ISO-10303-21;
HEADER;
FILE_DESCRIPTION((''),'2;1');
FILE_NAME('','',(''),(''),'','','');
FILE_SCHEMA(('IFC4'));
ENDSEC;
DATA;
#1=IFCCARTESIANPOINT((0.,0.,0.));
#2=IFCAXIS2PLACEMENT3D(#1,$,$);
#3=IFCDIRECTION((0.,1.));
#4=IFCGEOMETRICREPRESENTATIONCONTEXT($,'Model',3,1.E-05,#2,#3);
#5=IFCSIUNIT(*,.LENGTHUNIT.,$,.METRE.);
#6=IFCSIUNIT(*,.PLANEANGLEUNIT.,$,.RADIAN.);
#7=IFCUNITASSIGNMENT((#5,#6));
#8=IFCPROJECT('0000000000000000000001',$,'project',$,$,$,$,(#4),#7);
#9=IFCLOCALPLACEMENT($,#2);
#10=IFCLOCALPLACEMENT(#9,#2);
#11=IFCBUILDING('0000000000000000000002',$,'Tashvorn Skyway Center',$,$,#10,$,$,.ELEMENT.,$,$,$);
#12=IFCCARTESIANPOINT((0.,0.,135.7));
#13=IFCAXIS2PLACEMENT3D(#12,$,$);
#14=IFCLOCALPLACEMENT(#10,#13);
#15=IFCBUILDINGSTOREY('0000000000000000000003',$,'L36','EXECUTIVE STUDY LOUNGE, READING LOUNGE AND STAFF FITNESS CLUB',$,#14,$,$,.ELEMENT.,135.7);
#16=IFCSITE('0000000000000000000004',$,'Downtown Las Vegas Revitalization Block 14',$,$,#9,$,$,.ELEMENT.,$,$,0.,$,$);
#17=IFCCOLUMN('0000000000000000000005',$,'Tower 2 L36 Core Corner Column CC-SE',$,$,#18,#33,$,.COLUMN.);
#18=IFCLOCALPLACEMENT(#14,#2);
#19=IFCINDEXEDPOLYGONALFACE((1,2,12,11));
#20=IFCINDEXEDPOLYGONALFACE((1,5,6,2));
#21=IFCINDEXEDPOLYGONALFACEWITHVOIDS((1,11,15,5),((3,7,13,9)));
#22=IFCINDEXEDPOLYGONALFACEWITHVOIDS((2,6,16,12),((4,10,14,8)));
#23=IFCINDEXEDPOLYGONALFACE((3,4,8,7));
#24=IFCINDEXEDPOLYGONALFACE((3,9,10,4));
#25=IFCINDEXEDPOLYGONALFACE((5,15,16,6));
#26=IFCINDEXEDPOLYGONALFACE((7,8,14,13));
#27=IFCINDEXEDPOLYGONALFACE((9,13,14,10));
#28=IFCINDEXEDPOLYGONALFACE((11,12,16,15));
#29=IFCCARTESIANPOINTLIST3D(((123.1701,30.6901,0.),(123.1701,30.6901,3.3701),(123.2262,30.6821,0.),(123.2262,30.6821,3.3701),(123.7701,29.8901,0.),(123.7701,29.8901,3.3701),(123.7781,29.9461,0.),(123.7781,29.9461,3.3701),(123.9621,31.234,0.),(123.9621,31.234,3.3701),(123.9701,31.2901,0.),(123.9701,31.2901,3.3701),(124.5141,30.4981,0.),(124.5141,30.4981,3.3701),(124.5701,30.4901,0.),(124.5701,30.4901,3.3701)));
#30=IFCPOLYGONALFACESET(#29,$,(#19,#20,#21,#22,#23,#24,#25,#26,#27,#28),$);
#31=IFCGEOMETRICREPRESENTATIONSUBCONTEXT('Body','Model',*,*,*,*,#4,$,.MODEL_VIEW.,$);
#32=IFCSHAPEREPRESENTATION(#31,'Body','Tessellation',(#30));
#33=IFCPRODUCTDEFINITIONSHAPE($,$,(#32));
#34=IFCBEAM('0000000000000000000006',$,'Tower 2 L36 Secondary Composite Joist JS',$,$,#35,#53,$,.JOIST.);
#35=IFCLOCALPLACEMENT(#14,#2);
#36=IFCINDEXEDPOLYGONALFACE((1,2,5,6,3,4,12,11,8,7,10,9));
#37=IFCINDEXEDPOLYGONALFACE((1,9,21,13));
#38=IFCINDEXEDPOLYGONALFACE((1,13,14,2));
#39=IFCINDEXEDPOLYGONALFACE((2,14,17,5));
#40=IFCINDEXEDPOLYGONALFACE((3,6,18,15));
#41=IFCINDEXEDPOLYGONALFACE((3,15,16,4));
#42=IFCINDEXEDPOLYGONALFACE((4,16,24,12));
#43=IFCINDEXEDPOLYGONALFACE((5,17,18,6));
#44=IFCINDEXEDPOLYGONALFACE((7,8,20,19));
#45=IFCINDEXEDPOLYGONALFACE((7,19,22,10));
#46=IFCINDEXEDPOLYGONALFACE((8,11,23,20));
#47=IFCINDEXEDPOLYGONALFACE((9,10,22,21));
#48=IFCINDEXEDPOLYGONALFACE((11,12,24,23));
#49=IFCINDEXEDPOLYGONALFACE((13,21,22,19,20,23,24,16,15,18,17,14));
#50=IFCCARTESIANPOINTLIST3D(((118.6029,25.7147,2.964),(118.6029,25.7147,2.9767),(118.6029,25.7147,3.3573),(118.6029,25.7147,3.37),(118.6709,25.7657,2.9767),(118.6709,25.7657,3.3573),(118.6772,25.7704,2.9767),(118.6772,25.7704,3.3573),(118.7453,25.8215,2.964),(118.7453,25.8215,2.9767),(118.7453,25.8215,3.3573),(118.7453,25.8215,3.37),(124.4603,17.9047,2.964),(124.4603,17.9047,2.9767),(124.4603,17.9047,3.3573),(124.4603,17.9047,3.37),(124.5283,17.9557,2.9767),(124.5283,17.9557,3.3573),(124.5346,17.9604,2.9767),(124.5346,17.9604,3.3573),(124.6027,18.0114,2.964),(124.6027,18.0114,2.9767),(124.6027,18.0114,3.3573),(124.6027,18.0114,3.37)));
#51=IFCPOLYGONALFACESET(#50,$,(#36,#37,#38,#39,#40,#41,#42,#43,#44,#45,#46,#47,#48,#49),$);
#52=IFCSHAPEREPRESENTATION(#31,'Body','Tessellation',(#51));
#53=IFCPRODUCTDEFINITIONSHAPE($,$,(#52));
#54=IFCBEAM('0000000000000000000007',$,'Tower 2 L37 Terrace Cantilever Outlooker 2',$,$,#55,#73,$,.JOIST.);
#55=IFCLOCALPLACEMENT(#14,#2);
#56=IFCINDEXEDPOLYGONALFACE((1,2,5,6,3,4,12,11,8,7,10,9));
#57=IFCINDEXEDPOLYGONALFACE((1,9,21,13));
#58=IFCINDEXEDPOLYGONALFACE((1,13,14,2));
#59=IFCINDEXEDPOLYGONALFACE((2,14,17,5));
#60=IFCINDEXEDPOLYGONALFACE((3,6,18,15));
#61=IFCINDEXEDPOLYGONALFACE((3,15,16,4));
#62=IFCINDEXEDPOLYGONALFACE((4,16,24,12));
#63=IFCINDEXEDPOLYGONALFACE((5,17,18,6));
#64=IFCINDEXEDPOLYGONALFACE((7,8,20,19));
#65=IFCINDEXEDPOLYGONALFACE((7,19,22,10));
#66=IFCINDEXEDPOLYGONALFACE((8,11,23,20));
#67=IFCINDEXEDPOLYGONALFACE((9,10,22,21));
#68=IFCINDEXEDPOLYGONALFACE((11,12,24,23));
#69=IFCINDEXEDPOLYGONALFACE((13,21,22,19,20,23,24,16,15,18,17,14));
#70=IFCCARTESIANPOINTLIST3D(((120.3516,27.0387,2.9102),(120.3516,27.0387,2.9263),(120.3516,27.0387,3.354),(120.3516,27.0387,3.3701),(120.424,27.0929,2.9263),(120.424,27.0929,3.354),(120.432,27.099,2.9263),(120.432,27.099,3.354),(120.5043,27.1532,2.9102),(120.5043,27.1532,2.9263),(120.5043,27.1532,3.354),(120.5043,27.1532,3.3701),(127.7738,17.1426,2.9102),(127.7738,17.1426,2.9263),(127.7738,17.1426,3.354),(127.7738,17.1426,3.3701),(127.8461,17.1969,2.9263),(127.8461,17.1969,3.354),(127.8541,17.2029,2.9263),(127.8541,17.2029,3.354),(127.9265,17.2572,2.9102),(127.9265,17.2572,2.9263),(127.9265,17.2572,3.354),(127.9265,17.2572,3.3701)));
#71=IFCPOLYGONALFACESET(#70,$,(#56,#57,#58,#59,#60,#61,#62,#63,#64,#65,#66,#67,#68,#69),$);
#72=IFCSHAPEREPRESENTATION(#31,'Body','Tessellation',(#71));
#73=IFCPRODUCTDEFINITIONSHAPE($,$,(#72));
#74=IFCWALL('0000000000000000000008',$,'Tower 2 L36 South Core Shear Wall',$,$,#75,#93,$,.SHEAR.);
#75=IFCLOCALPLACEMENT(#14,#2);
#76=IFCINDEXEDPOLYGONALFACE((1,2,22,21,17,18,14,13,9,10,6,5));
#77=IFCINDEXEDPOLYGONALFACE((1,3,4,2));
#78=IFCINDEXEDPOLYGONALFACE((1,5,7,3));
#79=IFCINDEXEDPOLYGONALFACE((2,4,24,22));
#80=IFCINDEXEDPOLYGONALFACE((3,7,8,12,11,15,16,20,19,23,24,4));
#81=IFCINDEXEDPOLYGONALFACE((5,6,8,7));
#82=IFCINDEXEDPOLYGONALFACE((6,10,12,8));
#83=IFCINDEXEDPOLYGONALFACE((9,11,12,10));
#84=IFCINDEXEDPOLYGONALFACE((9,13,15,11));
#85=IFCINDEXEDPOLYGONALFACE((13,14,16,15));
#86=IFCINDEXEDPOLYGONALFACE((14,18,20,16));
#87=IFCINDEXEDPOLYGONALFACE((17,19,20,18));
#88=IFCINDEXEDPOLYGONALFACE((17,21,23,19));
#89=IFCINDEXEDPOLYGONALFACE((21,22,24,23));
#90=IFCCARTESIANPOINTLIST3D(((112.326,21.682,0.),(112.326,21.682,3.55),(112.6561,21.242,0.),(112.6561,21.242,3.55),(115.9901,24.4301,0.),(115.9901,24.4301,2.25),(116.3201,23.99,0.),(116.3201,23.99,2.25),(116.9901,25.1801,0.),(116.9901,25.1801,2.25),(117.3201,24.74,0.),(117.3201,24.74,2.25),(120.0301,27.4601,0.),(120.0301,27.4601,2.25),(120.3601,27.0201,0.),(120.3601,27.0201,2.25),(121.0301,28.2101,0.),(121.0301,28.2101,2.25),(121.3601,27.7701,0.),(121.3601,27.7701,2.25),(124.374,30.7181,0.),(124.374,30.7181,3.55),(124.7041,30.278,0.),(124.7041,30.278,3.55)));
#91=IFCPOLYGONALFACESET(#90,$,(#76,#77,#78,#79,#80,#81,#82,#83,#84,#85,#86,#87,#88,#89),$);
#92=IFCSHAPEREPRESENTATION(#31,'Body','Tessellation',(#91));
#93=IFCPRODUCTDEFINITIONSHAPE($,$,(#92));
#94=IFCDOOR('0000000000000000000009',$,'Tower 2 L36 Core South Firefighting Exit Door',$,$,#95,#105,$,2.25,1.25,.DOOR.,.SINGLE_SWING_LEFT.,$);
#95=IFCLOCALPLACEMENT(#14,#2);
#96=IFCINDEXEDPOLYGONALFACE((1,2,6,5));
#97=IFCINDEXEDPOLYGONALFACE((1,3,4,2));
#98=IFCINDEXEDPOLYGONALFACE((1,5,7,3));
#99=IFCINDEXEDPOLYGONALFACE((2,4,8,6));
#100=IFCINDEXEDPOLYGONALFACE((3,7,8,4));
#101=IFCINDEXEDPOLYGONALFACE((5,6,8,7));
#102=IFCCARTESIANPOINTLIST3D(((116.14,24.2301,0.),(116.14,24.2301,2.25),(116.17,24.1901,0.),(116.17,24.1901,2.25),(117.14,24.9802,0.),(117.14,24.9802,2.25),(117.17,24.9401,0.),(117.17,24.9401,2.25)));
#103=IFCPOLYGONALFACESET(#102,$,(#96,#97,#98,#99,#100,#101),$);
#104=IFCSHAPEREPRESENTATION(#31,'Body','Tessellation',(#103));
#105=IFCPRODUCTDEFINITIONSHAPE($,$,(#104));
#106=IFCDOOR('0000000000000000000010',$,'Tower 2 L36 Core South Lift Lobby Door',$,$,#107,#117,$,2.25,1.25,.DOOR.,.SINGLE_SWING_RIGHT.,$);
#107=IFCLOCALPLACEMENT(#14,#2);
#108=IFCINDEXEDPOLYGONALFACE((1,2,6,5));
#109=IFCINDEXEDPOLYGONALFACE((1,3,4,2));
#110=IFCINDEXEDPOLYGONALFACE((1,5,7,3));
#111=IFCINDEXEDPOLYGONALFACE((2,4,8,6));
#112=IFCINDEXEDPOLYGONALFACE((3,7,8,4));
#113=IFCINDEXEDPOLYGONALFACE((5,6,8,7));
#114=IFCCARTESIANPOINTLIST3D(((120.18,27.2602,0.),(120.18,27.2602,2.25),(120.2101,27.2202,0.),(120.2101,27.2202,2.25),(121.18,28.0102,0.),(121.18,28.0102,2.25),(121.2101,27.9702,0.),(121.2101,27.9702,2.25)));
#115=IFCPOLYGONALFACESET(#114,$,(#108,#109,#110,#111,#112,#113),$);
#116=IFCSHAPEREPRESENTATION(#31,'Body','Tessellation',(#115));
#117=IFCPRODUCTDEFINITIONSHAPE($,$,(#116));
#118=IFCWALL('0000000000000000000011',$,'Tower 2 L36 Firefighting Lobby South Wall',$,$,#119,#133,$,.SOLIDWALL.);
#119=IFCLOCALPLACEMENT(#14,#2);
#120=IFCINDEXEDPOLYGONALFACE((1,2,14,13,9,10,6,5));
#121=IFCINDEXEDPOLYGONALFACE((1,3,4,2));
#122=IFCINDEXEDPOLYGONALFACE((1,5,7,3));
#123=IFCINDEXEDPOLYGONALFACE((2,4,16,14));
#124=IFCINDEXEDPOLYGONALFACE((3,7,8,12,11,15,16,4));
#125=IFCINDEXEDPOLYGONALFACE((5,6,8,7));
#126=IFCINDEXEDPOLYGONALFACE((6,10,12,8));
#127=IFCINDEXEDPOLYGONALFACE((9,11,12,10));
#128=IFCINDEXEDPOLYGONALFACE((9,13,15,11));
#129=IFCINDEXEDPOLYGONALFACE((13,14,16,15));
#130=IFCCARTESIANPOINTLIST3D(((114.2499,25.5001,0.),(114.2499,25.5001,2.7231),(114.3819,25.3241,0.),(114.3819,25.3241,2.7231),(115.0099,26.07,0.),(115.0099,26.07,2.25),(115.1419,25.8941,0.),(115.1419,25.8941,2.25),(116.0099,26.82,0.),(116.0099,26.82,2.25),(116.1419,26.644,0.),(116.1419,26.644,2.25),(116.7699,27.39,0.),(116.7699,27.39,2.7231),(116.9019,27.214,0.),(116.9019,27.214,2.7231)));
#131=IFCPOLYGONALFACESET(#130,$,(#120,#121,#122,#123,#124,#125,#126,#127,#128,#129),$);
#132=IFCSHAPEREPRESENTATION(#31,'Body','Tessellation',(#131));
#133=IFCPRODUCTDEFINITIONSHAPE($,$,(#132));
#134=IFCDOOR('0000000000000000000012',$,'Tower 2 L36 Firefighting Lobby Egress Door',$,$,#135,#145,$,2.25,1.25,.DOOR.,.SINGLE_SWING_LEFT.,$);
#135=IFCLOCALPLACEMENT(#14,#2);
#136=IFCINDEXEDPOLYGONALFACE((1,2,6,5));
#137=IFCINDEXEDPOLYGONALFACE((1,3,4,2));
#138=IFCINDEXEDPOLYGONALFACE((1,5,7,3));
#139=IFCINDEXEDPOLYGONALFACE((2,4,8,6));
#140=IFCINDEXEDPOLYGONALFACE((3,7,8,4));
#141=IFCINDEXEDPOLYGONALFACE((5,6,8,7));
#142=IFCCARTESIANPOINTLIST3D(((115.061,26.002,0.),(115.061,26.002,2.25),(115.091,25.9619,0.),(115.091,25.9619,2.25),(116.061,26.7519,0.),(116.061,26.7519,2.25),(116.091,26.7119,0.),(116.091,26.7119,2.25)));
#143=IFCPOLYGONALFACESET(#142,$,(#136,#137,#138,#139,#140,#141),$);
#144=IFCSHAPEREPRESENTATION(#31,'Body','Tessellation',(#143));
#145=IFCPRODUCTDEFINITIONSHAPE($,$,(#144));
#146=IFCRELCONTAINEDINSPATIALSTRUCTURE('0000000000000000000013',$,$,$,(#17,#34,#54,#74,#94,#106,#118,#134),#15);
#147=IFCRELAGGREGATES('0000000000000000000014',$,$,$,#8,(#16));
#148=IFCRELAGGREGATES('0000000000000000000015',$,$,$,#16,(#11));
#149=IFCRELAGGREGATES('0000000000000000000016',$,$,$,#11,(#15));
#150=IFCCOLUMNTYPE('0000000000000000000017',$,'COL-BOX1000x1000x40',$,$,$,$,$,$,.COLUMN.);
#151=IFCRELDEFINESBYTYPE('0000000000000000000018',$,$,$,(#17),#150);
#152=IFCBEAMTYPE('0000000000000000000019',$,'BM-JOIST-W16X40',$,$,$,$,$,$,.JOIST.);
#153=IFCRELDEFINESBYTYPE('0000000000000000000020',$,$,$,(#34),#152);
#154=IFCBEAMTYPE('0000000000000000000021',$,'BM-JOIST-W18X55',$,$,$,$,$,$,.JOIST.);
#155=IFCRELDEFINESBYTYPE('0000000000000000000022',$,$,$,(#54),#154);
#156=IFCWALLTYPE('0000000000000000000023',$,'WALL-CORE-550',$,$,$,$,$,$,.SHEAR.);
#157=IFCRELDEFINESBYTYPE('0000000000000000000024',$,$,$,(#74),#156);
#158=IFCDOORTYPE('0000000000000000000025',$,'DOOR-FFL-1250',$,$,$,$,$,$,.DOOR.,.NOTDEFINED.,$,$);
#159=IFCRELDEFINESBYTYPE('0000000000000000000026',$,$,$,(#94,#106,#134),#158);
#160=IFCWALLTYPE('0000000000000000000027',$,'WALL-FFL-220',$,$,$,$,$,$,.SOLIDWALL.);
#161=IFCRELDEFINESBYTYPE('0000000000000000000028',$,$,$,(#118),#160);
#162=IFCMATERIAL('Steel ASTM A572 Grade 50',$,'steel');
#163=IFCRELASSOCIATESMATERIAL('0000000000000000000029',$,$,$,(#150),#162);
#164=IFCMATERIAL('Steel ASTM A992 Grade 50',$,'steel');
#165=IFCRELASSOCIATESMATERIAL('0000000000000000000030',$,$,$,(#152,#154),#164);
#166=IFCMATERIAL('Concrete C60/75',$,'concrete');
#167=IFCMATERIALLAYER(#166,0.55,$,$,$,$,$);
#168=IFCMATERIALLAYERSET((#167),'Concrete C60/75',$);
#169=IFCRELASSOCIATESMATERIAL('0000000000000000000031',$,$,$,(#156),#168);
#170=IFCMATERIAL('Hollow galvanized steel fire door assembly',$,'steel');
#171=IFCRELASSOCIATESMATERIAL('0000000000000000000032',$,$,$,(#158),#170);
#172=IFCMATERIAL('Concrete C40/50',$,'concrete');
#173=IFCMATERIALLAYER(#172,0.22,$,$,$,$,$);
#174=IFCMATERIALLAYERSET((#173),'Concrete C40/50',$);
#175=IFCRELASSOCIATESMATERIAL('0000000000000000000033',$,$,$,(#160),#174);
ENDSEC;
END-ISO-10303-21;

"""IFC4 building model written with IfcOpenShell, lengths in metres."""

from ifc_helpers import new_model, si_unit, direction, frame, frame_2d, origin, origin_2d, place, context, subcontext, project, spatial, rectangle, hollow_rectangle, i_section, extrude, material, layer, layer_set, material_profile, profile_set, type_object, element, fill, save


model = new_model("IFC4")

# Units and contexts
model_context = context("Model", 3, precision=1e-05, world=origin(), true_north=direction((0.0, 1.0)))
body_context = subcontext(model_context, "Body", "Model", "MODEL_VIEW")
ifc_project = project(units=[si_unit("LENGTHUNIT", "METRE"), si_unit("PLANEANGLEUNIT", "RADIAN")], contexts=[model_context])

# Site, building, storey
site_placement = place(None, origin())
site = spatial("IfcSite", under=ifc_project, at=site_placement, Name="Downtown Las Vegas Revitalization Block 14", CompositionType="ELEMENT", RefElevation=0.0)
building_placement = place(site_placement, origin())
building = spatial("IfcBuilding", under=site, at=building_placement, Name="Tashvorn Skyway Center", CompositionType="ELEMENT")
storey_placement = place(building_placement, frame((0.0, 0.0, 135.7)))
storey = spatial("IfcBuildingStorey", under=building, at=storey_placement, Name="L36", Description="EXECUTIVE STUDY LOUNGE, READING LOUNGE AND STAFF FITNESS CLUB", CompositionType="ELEMENT", Elevation=135.7)

# Column
ifc_material_1 = material(Name="Steel ASTM A572 Grade 50", Category="steel")
ifc_material_profile_1 = material_profile(ifc_material_1, hollow_rectangle(XDim=1.0, YDim=1.0, WallThickness=0.04, at=origin_2d()), Name="BOX1000x1000x40")
ifc_profile_set_1 = profile_set([ifc_material_profile_1], Name="Steel ASTM A572 Grade 50")
column_type = type_object("IfcColumnType", Name="COL-BOX1000x1000x40", PredefinedType="COLUMN", material=ifc_profile_set_1)
column_placement = place(storey_placement, frame((123.8701, 30.5901, 0.0), z_axis=(0.0, 0.0, 1.0), x_axis=(0.8, 0.6, 0.0)))
element("IfcColumn", 1, at=column_placement, inside=storey, type_object=column_type, Name="Tower 2 L36 Core Corner Column CC-SE", PredefinedType="COLUMN", context=body_context, shape_type="SweptSolid", body=[
    extrude(hollow_rectangle(XDim=1.0, YDim=1.0, WallThickness=0.04, at=origin_2d()), origin(), (0.0, 0.0, 1.0), 3.3701),
])

# Beams
ifc_material_2 = material(Name="Steel ASTM A992 Grade 50", Category="steel")
ifc_material_profile_2 = material_profile(ifc_material_2, i_section(OverallWidth=0.178, OverallDepth=0.406, WebThickness=0.0078, FlangeThickness=0.0127, at=origin_2d()), Name="W16X40")
ifc_profile_set_2 = profile_set([ifc_material_profile_2], Name="Steel ASTM A992 Grade 50")
beam_type_1 = type_object("IfcBeamType", Name="BM-JOIST-W16X40", PredefinedType="JOIST", material=ifc_profile_set_2)
beam_1_placement = place(storey_placement, frame((118.6741, 25.7681, 3.167), z_axis=(0.599992, -0.800006, 0.0), x_axis=(0.800006, 0.599992, 0.0)))
element("IfcBeam", 2, at=beam_1_placement, inside=storey, type_object=beam_type_1, Name="Tower 2 L36 Secondary Composite Joist JS", PredefinedType="JOIST", context=body_context, shape_type="SweptSolid", body=[
    extrude(i_section(OverallWidth=0.178, OverallDepth=0.406, WebThickness=0.0078, FlangeThickness=0.0127, at=origin_2d()), origin(), (0.0, 0.0, 1.0), 9.7625),
])
ifc_material_profile_3 = material_profile(ifc_material_2, i_section(OverallWidth=0.1909, OverallDepth=0.46, WebThickness=0.01, FlangeThickness=0.0161, at=origin_2d()), Name="W18X55")
ifc_profile_set_3 = profile_set([ifc_material_profile_3], Name="Steel ASTM A992 Grade 50")
beam_type_2 = type_object("IfcBeamType", Name="BM-JOIST-W18X55", PredefinedType="JOIST", material=ifc_profile_set_3)
beam_2_placement = place(storey_placement, frame((120.428, 27.0959, 3.1401), z_axis=(0.600006, -0.799995, 0.0), x_axis=(0.799995, 0.600006, 0.0)))
element("IfcBeam", 3, at=beam_2_placement, inside=storey, type_object=beam_type_2, Name="Tower 2 L37 Terrace Cantilever Outlooker 2", PredefinedType="JOIST", context=body_context, shape_type="SweptSolid", body=[
    extrude(i_section(OverallWidth=0.1909, OverallDepth=0.46, WebThickness=0.01, FlangeThickness=0.0161, at=origin_2d()), origin(), (0.0, 0.0, 1.0), 12.3701),
])

# Wall, openings, doors
ifc_material_3 = material(Name="Concrete C60/75", Category="concrete")
ifc_layer_1 = layer(ifc_material_3, 0.55)
ifc_layer_set_1 = layer_set([ifc_layer_1], Name="Concrete C60/75")
wall_type_1 = type_object("IfcWallType", Name="WALL-CORE-550", PredefinedType="SHEAR", material=ifc_layer_set_1)
wall_1_placement = place(storey_placement, frame((124.5391, 30.498, 0.0), z_axis=(0.0, 0.0, 1.0), x_axis=(-0.799998, -0.600003, 0.0)))
wall_1 = element("IfcWall", 4, at=wall_1_placement, inside=storey, type_object=wall_type_1, Name="Tower 2 L36 South Core Shear Wall", PredefinedType="SHEAR", context=body_context, shape_type="SweptSolid", body=[
    extrude(rectangle(XDim=15.0601, YDim=0.55, at=frame_2d((7.53, 0.0))), origin(), (0.0, 0.0, 1.0), 3.55),
])
opening_1_placement = place(wall_1_placement, frame((9.23, 0.0, 0.0)))
opening_1 = element("IfcOpeningElement", 5, at=opening_1_placement, cuts=wall_1, PredefinedType="OPENING", context=body_context, shape_type="SweptSolid", body=[
    extrude(rectangle(XDim=1.25, YDim=2.25, at=frame_2d((0.625, 1.125))), frame((0.0, 0.2849, 0.0), z_axis=(0.0, -1.0, 0.0), x_axis=(1.0, 0.0, 0.0)), (0.0, 0.0, 1.0), 0.5701),
])
opening_2_placement = place(wall_1_placement, frame((4.1799, 0.0, 0.0)))
opening_2 = element("IfcOpeningElement", 6, at=opening_2_placement, cuts=wall_1, PredefinedType="OPENING", context=body_context, shape_type="SweptSolid", body=[
    extrude(rectangle(XDim=1.25, YDim=2.25, at=frame_2d((0.625, 1.125))), frame((0.0, 0.2849, 0.0), z_axis=(0.0, -1.0, 0.0), x_axis=(1.0, 0.0, 0.0)), (0.0, 0.0, 1.0), 0.5701),
])
ifc_material_4 = material(Name="Hollow galvanized steel fire door assembly", Category="steel")
door_type_1 = type_object("IfcDoorType", Name="DOOR-FFL-1250", OperationType="NOTDEFINED", PredefinedType="DOOR", material=ifc_material_4)
door_1_placement = place(opening_1_placement, origin())
door_1 = element("IfcDoor", 7, at=door_1_placement, inside=storey, type_object=door_type_1, Name="Tower 2 L36 Core South Firefighting Exit Door", OperationType="SINGLE_SWING_LEFT", OverallHeight=2.25, OverallWidth=1.25, PredefinedType="DOOR", context=body_context, shape_type="SweptSolid", body=[
    extrude(rectangle(XDim=1.25, YDim=2.25, at=frame_2d((0.625, 1.125))), frame((0.0, 0.0249, 0.0), z_axis=(0.0, -1.0, 0.0), x_axis=(1.0, 0.0, 0.0)), (0.0, 0.0, 1.0), 0.05),
])
fill(opening_1, door_1)
door_2_placement = place(opening_2_placement, origin())
door_2 = element("IfcDoor", 8, at=door_2_placement, inside=storey, type_object=door_type_1, Name="Tower 2 L36 Core South Lift Lobby Door", OperationType="SINGLE_SWING_RIGHT", OverallHeight=2.25, OverallWidth=1.25, PredefinedType="DOOR", context=body_context, shape_type="SweptSolid", body=[
    extrude(rectangle(XDim=1.25, YDim=2.25, at=frame_2d((0.625, 1.125))), frame((0.0, 0.0249, 0.0), z_axis=(0.0, -1.0, 0.0), x_axis=(1.0, 0.0, 0.0)), (0.0, 0.0, 1.0), 0.05),
])
fill(opening_2, door_2)

# Wall, opening, door
ifc_material_5 = material(Name="Concrete C40/50", Category="concrete")
ifc_layer_2 = layer(ifc_material_5, 0.22)
ifc_layer_set_2 = layer_set([ifc_layer_2], Name="Concrete C40/50")
wall_type_2 = type_object("IfcWallType", Name="WALL-FFL-220", PredefinedType="SOLIDWALL", material=ifc_layer_set_2)
wall_2_placement = place(storey_placement, frame((114.3159, 25.4121, 0.0), z_axis=(0.0, 0.0, 1.0), x_axis=(0.800019, 0.599975, 0.0)))
wall_2 = element("IfcWall", 9, at=wall_2_placement, inside=storey, type_object=wall_type_2, Name="Tower 2 L36 Firefighting Lobby South Wall", PredefinedType="SOLIDWALL", context=body_context, shape_type="SweptSolid", body=[
    extrude(rectangle(XDim=3.1499, YDim=0.22, at=frame_2d((1.575, 0.0))), origin(), (0.0, 0.0, 1.0), 2.7231),
])
opening_3_placement = place(wall_2_placement, frame((0.95, 0.0, 0.0)))
opening_3 = element("IfcOpeningElement", 10, at=opening_3_placement, cuts=wall_2, PredefinedType="OPENING", context=body_context, shape_type="SweptSolid", body=[
    extrude(rectangle(XDim=1.25, YDim=2.25, at=frame_2d((0.625, 1.125))), frame((0.0, 0.1199, 0.0), z_axis=(0.0, -1.0, 0.0), x_axis=(1.0, 0.0, 0.0)), (0.0, 0.0, 1.0), 0.24),
])
door_3_placement = place(opening_3_placement, origin())
door_3 = element("IfcDoor", 11, at=door_3_placement, inside=storey, type_object=door_type_1, Name="Tower 2 L36 Firefighting Lobby Egress Door", OperationType="SINGLE_SWING_LEFT", OverallHeight=2.25, OverallWidth=1.25, PredefinedType="DOOR", context=body_context, shape_type="SweptSolid", body=[
    extrude(rectangle(XDim=1.25, YDim=2.25, at=frame_2d((0.625, 1.125))), frame((0.0, 0.0249, 0.0), z_axis=(0.0, -1.0, 0.0), x_axis=(1.0, 0.0, 0.0)), (0.0, 0.0, 1.0), 0.05),
])
fill(opening_3, door_3)

save(model, "model.ifc")
